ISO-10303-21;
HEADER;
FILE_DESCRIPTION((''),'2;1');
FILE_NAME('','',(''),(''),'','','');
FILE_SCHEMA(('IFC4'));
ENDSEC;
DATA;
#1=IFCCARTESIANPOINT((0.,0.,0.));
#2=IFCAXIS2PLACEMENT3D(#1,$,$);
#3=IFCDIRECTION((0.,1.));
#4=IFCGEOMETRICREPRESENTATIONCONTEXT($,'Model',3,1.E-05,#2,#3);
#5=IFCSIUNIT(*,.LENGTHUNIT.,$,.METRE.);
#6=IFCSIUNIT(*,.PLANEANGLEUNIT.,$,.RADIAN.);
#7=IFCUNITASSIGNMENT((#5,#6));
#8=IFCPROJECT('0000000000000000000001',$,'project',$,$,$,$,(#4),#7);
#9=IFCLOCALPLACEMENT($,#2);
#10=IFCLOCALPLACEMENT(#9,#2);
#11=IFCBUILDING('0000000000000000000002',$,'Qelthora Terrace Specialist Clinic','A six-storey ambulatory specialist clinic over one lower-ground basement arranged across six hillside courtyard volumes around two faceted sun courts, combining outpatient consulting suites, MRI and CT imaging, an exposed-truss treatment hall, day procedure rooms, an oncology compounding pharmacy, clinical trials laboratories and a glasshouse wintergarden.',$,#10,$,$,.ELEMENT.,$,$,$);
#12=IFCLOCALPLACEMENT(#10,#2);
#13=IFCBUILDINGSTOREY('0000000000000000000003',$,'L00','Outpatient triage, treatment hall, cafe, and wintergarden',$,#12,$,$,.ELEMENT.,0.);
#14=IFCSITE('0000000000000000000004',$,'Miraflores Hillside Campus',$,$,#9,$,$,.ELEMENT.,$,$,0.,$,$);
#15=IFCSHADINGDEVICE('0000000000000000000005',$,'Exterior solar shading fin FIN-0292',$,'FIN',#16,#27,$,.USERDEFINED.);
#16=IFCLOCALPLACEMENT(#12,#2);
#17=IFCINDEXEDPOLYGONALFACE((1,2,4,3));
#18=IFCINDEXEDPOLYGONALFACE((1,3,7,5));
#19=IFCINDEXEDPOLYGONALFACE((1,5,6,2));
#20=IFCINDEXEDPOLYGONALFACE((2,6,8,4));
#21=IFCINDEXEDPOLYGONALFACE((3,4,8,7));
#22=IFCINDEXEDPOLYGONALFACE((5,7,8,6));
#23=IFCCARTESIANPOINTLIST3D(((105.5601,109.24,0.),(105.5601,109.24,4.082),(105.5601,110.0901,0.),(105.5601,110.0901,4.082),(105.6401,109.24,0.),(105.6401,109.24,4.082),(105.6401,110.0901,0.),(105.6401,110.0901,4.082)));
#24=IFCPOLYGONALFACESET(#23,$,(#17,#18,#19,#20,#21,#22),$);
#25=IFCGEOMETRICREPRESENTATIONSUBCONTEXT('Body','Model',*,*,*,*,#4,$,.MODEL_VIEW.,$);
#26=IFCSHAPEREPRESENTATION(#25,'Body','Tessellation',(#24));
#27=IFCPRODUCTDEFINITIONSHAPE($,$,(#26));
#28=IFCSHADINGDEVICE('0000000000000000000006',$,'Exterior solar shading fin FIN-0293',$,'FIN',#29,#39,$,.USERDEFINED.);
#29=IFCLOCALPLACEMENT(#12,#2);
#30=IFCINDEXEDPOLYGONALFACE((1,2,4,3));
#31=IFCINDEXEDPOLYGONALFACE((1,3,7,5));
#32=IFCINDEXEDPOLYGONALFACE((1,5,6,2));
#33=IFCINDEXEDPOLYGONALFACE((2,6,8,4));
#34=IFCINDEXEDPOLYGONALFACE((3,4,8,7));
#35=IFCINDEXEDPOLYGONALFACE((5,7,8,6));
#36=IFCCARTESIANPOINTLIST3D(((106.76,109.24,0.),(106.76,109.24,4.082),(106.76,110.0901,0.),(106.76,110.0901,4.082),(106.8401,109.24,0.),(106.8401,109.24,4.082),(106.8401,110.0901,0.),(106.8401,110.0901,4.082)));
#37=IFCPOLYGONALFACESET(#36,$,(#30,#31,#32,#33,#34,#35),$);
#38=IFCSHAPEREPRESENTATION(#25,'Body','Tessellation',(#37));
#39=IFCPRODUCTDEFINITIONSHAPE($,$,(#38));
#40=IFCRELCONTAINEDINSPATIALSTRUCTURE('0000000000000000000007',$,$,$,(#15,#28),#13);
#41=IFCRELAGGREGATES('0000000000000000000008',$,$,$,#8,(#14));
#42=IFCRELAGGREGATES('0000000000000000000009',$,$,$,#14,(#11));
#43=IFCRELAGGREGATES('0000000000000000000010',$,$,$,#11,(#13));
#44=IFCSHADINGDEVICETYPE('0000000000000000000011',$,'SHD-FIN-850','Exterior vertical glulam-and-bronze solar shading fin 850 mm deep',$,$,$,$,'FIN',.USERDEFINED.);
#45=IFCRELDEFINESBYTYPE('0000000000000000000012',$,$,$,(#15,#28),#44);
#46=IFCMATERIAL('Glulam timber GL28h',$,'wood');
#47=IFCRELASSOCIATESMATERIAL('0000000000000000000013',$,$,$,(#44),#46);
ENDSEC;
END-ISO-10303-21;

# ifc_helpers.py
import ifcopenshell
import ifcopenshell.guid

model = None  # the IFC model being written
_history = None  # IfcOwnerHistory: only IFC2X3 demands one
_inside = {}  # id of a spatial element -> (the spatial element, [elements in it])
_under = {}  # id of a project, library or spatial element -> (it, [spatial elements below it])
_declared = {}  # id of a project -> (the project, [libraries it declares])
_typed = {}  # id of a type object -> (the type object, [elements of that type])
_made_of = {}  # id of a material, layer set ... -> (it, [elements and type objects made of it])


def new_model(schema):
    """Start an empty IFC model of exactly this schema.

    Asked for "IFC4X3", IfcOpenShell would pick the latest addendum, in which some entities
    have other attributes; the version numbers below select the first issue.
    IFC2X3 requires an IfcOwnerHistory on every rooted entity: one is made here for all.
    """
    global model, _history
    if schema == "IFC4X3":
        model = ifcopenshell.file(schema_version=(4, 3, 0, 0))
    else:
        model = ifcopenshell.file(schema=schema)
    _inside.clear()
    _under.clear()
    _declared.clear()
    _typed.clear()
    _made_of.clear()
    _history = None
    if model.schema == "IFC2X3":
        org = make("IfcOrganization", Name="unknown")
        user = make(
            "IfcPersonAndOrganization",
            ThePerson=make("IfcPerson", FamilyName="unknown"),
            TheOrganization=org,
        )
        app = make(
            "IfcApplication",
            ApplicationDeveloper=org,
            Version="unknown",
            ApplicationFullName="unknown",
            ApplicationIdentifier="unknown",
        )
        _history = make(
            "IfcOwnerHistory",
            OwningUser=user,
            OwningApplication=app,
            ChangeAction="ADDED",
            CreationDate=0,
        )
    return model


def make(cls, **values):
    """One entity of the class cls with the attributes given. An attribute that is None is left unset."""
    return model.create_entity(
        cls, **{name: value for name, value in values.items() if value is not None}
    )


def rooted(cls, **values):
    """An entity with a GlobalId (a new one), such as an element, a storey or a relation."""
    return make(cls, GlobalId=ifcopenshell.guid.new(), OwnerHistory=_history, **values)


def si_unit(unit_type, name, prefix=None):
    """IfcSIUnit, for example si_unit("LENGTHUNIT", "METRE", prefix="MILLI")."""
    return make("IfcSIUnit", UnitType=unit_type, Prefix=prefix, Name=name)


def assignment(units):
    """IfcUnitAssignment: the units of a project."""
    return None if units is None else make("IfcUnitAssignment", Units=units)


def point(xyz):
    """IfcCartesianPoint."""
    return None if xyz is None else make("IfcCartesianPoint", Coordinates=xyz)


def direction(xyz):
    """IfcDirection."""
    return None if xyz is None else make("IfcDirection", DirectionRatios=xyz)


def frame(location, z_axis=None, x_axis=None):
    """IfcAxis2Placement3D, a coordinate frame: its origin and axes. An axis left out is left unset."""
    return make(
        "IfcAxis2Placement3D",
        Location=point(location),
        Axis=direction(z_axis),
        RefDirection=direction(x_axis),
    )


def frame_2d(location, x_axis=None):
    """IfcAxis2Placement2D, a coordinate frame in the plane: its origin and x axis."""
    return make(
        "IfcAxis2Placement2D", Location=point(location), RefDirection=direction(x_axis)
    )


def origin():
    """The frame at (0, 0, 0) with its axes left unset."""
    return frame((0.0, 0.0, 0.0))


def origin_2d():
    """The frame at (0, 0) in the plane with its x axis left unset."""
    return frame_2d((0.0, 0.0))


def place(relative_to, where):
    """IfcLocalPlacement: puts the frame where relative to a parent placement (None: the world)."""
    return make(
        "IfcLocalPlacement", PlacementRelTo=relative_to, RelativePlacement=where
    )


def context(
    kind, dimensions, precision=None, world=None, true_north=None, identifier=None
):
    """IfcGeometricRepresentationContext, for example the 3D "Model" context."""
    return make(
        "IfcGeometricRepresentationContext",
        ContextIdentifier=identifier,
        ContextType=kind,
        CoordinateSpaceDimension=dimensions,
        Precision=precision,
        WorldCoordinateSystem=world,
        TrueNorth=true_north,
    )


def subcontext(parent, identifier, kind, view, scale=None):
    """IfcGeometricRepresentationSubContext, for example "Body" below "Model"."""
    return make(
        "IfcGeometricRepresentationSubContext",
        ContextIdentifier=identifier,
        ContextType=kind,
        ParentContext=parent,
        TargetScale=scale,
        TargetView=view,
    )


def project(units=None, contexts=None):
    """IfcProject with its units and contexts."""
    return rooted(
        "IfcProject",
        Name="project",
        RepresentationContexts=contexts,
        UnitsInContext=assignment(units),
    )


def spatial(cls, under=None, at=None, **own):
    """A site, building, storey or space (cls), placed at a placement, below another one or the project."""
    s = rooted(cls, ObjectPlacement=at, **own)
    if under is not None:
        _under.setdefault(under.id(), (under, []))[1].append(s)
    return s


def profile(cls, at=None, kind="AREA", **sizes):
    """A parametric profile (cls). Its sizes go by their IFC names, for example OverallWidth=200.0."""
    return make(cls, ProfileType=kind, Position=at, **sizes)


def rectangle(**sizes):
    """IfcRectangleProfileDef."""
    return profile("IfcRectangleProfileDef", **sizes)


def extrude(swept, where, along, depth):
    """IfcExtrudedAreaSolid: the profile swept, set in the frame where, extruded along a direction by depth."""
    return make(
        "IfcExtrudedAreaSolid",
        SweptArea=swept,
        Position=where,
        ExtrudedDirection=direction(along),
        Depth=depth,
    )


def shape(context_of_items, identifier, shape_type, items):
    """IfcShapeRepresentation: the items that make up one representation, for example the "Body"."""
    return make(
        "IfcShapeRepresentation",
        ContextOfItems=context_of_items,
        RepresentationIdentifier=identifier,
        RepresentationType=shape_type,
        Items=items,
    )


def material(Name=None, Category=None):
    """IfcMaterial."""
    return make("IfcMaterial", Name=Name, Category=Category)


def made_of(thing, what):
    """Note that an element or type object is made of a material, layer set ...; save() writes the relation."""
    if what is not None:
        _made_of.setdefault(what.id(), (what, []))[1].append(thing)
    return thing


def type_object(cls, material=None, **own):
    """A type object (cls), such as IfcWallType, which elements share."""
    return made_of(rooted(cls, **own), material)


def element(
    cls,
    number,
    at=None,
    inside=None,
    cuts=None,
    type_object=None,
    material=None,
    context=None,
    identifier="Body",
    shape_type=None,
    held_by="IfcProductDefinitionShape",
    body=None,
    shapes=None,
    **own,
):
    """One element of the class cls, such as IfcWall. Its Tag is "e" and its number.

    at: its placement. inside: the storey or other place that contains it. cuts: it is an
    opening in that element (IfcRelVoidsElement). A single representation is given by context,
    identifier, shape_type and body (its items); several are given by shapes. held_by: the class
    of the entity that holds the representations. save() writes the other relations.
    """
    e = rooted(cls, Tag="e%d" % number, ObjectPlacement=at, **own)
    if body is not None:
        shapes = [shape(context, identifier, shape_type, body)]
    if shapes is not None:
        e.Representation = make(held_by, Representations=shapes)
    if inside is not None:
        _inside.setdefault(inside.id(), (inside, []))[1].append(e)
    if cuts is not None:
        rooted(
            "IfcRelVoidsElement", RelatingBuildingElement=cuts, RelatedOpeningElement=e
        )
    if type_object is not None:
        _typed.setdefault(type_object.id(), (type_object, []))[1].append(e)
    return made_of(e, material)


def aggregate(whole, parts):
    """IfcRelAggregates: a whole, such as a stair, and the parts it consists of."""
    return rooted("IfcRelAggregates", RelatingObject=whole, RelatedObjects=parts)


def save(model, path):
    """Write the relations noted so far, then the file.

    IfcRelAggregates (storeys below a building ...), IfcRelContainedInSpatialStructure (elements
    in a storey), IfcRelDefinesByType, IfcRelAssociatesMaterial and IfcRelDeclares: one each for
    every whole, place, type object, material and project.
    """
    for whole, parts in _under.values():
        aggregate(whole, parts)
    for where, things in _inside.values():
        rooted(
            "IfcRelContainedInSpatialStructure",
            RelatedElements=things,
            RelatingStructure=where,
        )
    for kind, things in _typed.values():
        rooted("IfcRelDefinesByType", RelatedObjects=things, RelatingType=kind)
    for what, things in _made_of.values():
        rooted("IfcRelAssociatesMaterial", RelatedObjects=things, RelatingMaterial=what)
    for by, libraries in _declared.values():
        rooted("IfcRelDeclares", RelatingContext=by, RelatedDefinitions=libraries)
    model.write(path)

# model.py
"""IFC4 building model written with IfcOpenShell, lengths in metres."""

from ifc_helpers import new_model, si_unit, direction, frame, origin, origin_2d, place, context, subcontext, project, spatial, rectangle, extrude, material, type_object, element, save


model = new_model("IFC4")

# Units and contexts
model_context = context("Model", 3, precision=1e-05, world=origin(), true_north=direction((0.0, 1.0)))
body_context = subcontext(model_context, "Body", "Model", "MODEL_VIEW")
ifc_project = project(units=[si_unit("LENGTHUNIT", "METRE"), si_unit("PLANEANGLEUNIT", "RADIAN")], contexts=[model_context])

# Site, building, storey
site_placement = place(None, origin())
site = spatial("IfcSite", under=ifc_project, at=site_placement, Name="Miraflores Hillside Campus", CompositionType="ELEMENT", RefElevation=0.0)
building_placement = place(site_placement, origin())
building = spatial("IfcBuilding", under=site, at=building_placement, Name="Qelthora Terrace Specialist Clinic", Description="A six-storey ambulatory specialist clinic over one lower-ground basement arranged across six hillside courtyard volumes around two faceted sun courts, combining outpatient consulting suites, MRI and CT imaging, an exposed-truss treatment hall, day procedure rooms, an oncology compounding pharmacy, clinical trials laboratories and a glasshouse wintergarden.", CompositionType="ELEMENT")
storey_placement = place(building_placement, origin())
storey = spatial("IfcBuildingStorey", under=building, at=storey_placement, Name="L00", Description="Outpatient triage, treatment hall, cafe, and wintergarden", CompositionType="ELEMENT", Elevation=0.0)

# Shading devices
ifc_material_1 = material(Name="Glulam timber GL28h", Category="wood")
shading_device_type = type_object("IfcShadingDeviceType", Name="SHD-FIN-850", Description="Exterior vertical glulam-and-bronze solar shading fin 850 mm deep", ElementType="FIN", PredefinedType="USERDEFINED", material=ifc_material_1)
for number, where, z_axis, x_axis, name in (
    (1, (105.6001, 109.665, 0.0), (0.0, 0.0, 1.0), (0.0, 1.0, 0.0), "Exterior solar shading fin FIN-0292"),
    (2, (106.8, 109.665, 0.0), (0.0, 0.0, 1.0), (0.0, 1.0, 0.0), "Exterior solar shading fin FIN-0293"),
):
    element("IfcShadingDevice", number, at=place(storey_placement, frame(where, z_axis=z_axis, x_axis=x_axis)), inside=storey, type_object=shading_device_type, Name=name, ObjectType="FIN", PredefinedType="USERDEFINED", context=body_context, shape_type="SweptSolid", body=[
        extrude(rectangle(XDim=0.8501, YDim=0.0801, at=origin_2d()), origin(), (0.0, 0.0, 1.0), 4.082),
    ])

save(model, "model.ifc")
